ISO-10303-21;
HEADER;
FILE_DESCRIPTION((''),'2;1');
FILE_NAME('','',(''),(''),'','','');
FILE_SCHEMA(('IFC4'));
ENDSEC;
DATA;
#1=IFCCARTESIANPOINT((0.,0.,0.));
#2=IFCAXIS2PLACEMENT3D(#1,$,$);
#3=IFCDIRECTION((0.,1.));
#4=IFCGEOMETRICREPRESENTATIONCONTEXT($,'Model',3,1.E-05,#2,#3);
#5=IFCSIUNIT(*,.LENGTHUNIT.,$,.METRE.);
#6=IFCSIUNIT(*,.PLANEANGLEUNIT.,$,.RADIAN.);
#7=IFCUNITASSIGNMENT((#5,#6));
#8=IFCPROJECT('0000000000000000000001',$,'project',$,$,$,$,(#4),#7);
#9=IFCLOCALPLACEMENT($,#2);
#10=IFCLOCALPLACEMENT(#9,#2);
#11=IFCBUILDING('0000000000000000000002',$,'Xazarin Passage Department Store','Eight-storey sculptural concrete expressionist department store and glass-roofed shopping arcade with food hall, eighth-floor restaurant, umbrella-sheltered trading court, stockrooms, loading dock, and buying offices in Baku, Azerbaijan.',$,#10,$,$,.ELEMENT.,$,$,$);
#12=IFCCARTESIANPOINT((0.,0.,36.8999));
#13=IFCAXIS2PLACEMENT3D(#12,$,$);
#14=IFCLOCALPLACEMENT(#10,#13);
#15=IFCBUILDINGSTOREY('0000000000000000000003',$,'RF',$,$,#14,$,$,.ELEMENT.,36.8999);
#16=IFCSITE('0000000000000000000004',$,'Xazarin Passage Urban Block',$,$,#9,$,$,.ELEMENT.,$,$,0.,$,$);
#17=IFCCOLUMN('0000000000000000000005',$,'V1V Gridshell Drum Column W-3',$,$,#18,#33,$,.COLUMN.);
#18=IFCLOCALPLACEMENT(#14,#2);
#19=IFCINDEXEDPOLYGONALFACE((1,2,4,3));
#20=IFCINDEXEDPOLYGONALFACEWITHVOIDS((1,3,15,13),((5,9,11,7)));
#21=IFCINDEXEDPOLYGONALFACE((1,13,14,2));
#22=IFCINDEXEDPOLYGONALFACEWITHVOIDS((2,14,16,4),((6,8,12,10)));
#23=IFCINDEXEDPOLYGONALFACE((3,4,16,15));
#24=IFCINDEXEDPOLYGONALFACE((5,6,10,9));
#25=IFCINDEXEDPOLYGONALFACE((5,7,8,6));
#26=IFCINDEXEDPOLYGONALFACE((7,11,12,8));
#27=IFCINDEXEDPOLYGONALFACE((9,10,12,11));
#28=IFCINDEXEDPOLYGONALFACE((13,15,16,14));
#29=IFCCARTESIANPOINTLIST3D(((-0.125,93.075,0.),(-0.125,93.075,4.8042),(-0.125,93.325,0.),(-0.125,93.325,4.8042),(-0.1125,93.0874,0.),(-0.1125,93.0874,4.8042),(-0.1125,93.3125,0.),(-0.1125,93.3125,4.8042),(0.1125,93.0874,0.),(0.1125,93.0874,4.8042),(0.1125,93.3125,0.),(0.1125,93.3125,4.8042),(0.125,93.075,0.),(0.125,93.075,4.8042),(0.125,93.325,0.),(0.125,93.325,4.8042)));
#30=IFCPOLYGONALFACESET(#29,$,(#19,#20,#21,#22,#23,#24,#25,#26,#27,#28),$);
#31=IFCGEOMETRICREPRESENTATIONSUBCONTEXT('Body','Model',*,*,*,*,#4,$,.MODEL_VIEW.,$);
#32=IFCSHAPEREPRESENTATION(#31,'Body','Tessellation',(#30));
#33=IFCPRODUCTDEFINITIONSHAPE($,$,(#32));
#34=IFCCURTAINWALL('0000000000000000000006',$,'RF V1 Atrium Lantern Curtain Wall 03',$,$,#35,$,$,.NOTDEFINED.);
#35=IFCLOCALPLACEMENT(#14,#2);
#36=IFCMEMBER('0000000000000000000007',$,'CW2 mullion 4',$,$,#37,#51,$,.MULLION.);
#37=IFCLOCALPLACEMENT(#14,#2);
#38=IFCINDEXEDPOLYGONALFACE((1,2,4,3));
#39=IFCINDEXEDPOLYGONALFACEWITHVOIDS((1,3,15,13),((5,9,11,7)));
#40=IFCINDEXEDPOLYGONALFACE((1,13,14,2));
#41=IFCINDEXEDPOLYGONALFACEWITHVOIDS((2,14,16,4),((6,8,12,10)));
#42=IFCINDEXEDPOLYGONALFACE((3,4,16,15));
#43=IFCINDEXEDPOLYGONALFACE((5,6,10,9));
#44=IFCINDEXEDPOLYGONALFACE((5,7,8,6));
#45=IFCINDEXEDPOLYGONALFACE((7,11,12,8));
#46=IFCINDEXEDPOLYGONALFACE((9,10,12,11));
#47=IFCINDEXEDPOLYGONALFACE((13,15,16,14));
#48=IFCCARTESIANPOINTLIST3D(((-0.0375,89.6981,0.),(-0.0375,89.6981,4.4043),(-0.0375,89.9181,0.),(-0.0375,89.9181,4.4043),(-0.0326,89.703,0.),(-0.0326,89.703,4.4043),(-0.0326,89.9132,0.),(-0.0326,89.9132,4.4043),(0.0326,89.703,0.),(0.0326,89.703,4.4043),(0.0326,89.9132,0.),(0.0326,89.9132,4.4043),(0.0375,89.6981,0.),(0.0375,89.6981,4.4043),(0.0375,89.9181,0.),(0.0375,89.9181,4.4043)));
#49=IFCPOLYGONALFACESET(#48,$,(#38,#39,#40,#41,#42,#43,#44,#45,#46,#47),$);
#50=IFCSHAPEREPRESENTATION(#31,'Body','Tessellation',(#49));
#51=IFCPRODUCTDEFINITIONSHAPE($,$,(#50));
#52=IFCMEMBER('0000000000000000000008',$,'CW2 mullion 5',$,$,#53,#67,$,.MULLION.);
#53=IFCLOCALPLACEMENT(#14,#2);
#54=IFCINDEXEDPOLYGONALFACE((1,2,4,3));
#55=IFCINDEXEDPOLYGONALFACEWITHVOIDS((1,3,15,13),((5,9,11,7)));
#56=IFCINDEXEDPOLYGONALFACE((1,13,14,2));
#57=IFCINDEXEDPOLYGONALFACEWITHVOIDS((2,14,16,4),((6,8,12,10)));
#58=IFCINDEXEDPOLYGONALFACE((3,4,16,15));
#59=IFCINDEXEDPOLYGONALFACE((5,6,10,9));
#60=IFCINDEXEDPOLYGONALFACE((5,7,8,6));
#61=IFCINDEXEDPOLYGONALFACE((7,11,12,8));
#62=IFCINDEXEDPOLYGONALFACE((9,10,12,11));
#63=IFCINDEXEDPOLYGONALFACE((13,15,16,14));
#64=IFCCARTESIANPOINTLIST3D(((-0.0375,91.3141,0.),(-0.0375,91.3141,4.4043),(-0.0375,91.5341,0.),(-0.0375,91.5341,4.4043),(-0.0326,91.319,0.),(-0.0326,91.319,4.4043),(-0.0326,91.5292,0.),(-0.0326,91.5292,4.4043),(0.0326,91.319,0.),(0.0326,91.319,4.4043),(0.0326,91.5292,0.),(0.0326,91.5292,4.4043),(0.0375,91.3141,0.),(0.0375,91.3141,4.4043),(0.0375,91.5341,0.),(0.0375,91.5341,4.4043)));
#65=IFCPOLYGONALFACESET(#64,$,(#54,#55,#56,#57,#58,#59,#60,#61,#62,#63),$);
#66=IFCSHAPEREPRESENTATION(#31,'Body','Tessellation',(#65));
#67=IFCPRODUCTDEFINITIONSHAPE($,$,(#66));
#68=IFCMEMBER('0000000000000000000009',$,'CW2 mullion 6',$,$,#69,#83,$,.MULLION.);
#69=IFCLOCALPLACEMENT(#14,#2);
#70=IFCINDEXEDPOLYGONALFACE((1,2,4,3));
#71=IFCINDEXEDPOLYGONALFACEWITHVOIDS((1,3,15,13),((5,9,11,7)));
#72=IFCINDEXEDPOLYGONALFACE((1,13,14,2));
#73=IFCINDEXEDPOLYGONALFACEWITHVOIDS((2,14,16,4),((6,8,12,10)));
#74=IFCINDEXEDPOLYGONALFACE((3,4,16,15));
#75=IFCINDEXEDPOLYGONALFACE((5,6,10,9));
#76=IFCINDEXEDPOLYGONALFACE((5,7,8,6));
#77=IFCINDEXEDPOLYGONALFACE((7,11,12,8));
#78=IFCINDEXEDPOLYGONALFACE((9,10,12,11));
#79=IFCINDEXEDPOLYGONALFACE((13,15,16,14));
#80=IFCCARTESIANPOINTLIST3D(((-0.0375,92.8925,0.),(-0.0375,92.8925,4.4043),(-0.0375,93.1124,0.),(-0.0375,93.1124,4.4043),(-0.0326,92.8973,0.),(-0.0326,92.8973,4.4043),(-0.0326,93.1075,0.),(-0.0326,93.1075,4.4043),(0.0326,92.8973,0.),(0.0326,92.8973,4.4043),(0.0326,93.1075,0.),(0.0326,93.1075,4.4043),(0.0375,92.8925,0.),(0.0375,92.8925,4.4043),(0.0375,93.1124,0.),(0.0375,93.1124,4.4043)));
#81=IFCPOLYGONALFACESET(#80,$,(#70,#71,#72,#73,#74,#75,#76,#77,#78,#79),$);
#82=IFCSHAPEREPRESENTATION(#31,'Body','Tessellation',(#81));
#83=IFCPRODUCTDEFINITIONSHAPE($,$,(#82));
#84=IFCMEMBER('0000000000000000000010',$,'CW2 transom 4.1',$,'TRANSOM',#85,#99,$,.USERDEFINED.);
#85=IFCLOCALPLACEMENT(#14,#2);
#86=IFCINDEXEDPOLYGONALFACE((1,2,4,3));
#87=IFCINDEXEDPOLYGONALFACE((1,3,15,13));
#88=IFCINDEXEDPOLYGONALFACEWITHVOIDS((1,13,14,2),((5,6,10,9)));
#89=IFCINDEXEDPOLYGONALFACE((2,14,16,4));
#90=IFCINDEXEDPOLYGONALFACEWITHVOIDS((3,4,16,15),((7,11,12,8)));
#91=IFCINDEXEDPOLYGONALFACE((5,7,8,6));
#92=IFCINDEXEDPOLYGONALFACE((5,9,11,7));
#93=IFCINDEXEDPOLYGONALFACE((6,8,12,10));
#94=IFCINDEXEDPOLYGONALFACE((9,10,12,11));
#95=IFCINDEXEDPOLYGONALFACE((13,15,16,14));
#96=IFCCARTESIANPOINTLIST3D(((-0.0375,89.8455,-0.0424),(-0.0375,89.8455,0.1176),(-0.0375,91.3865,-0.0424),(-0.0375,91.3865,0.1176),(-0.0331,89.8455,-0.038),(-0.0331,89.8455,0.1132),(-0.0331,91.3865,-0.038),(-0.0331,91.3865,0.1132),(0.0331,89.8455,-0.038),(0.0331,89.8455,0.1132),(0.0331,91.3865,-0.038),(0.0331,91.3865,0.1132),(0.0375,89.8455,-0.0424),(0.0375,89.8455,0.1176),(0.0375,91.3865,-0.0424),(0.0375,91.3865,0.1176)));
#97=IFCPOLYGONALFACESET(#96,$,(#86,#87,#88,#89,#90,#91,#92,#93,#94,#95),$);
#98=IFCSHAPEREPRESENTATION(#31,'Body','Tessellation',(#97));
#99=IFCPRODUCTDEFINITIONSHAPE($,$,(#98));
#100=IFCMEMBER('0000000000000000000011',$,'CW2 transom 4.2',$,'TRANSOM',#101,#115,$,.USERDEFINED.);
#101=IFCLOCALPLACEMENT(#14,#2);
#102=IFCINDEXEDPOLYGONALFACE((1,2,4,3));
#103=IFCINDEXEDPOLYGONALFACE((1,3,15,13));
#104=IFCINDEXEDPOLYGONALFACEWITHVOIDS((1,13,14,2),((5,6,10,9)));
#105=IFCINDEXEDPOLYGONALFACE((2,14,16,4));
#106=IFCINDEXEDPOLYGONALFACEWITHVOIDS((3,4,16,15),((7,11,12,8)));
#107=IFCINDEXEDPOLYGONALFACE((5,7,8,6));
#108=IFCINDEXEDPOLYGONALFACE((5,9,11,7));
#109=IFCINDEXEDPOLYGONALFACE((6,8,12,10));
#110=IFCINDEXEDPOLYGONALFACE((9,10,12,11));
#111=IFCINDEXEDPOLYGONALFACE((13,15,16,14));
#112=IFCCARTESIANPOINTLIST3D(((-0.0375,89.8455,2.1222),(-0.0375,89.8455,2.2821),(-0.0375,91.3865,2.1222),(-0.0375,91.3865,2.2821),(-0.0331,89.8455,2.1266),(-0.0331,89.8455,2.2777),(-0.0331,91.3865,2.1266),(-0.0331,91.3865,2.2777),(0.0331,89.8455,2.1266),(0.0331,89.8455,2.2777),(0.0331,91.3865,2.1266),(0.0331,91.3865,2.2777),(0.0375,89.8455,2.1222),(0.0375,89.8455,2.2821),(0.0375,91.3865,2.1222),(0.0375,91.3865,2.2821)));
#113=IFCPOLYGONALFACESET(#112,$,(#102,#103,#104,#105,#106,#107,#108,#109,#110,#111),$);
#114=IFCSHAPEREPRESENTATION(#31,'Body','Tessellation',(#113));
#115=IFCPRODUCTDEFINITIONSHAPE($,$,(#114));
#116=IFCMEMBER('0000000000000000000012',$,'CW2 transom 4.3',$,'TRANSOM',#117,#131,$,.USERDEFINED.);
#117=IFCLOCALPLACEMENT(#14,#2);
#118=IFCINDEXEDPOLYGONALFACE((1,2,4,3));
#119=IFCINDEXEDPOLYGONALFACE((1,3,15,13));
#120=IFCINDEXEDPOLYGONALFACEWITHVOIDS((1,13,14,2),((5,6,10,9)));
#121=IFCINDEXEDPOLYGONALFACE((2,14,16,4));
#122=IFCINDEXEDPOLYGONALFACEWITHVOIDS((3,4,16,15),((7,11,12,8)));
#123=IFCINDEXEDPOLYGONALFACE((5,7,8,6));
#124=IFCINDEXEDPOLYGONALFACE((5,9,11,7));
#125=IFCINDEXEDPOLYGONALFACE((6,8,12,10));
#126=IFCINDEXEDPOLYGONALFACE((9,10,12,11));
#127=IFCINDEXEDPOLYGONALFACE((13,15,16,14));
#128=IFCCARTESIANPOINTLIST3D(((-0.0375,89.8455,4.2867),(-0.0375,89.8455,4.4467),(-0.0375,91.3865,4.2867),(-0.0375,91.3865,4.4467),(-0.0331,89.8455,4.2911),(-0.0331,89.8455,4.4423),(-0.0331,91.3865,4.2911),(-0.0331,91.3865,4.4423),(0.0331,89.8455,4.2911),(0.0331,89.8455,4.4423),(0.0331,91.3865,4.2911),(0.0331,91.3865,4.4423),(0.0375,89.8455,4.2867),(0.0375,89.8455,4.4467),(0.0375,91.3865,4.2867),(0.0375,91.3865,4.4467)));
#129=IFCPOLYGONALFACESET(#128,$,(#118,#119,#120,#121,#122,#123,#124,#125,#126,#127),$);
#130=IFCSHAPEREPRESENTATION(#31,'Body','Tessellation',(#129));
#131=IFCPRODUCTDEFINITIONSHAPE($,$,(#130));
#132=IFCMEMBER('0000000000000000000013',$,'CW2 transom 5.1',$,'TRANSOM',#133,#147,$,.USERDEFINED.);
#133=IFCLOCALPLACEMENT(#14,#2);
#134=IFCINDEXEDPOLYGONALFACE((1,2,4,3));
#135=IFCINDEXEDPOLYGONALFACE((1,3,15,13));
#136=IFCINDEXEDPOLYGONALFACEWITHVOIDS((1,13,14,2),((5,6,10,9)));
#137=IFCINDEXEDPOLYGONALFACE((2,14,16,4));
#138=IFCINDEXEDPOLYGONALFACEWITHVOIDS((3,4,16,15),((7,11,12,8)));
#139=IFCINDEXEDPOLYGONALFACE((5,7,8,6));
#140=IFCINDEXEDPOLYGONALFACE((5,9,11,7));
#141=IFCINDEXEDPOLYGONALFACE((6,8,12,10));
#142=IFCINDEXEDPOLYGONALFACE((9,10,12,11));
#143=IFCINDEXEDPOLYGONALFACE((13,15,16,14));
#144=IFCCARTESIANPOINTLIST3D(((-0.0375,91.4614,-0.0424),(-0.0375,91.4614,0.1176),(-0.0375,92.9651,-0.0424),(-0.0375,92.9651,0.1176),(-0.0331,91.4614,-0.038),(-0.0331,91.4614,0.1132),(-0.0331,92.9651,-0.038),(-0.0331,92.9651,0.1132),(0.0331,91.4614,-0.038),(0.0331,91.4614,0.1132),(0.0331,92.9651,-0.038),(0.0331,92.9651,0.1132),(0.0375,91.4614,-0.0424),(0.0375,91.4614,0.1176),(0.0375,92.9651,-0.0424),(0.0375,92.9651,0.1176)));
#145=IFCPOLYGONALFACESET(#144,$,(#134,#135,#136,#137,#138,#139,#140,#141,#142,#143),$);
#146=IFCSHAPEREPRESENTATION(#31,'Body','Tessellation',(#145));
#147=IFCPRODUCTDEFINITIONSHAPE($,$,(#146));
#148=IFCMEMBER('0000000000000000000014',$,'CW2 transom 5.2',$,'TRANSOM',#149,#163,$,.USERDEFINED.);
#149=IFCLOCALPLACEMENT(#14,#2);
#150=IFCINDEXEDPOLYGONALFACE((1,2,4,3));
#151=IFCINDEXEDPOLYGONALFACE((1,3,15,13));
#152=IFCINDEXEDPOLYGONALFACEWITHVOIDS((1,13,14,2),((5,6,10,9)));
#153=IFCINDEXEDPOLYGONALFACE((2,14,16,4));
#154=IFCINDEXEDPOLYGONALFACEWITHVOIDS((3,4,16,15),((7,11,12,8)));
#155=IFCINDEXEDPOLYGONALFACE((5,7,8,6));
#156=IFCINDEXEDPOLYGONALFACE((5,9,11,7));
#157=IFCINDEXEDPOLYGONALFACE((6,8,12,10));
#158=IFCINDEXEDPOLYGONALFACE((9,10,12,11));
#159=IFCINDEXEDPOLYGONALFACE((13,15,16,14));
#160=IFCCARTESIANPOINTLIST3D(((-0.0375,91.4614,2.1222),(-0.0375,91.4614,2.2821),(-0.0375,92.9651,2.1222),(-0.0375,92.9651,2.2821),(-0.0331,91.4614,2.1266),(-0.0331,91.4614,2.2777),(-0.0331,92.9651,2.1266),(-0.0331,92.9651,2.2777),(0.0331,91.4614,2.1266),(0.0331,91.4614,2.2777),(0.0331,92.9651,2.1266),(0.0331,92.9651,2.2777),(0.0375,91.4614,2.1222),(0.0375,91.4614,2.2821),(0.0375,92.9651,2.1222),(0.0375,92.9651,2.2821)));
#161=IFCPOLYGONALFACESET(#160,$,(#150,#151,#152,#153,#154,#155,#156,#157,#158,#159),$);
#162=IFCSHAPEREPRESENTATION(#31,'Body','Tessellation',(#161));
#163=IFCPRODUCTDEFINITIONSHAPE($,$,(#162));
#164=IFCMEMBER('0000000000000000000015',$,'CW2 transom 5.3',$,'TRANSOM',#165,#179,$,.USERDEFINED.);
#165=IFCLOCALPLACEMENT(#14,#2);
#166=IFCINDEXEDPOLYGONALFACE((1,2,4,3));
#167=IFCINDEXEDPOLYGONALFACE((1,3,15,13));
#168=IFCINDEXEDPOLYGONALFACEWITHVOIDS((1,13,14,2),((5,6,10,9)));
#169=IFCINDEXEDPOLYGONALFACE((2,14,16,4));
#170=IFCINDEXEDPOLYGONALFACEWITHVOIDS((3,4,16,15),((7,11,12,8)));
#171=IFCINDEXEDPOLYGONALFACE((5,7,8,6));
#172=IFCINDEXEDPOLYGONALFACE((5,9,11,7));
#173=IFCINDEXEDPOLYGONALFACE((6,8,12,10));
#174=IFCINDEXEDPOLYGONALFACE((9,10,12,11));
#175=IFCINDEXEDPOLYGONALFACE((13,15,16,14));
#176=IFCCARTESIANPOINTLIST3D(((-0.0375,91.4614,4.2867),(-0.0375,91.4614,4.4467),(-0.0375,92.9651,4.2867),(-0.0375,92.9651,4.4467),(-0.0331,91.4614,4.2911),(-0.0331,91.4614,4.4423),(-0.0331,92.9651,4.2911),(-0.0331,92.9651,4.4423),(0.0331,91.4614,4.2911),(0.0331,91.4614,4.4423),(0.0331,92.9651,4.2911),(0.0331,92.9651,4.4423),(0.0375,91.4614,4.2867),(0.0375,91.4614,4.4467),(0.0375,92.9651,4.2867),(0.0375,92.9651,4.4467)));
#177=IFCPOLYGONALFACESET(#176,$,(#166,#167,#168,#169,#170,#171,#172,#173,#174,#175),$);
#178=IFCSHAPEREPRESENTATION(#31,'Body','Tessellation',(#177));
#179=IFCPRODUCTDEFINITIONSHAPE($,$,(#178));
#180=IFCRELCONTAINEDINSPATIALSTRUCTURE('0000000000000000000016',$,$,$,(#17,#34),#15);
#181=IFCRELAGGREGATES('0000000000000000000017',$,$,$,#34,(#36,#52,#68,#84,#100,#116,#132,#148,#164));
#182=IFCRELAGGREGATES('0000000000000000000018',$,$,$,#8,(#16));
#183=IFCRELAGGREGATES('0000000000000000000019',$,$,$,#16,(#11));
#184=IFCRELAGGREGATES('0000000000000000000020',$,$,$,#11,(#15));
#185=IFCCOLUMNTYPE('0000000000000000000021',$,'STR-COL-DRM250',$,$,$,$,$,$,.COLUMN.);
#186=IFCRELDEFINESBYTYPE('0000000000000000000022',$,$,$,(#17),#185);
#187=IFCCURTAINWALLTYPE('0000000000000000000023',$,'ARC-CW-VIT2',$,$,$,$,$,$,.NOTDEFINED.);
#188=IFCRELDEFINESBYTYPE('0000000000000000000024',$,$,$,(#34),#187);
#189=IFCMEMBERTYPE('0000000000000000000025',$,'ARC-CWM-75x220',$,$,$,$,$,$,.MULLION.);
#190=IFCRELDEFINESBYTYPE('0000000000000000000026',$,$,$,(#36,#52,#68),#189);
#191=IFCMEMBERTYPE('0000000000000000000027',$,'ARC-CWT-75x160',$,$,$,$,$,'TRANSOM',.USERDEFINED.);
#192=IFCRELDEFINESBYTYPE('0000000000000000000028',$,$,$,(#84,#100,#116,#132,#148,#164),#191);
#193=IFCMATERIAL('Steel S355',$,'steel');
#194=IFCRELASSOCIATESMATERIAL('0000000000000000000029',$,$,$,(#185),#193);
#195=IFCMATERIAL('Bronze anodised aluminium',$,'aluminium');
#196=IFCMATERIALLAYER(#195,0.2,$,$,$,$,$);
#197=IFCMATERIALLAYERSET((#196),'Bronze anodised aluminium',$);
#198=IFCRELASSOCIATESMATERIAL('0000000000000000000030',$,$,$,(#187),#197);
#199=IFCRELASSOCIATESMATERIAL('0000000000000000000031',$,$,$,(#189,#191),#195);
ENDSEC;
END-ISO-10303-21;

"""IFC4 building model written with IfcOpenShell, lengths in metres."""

from ifc_helpers import new_model, si_unit, direction, frame, origin, origin_2d, place, context, subcontext, project, spatial, hollow_rectangle, extrude, material, layer, layer_set, material_profile, profile_set, type_object, element, aggregate, save


model = new_model("IFC4")

# Units and contexts
model_context = context("Model", 3, precision=1e-05, world=origin(), true_north=direction((0.0, 1.0)))
body_context = subcontext(model_context, "Body", "Model", "MODEL_VIEW")
ifc_project = project(units=[si_unit("LENGTHUNIT", "METRE"), si_unit("PLANEANGLEUNIT", "RADIAN")], contexts=[model_context])

# Site, building, storey
site_placement = place(None, origin())
site = spatial("IfcSite", under=ifc_project, at=site_placement, Name="Xazarin Passage Urban Block", CompositionType="ELEMENT", RefElevation=0.0)
building_placement = place(site_placement, origin())
building = spatial("IfcBuilding", under=site, at=building_placement, Name="Xazarin Passage Department Store", Description="Eight-storey sculptural concrete expressionist department store and glass-roofed shopping arcade with food hall, eighth-floor restaurant, umbrella-sheltered trading court, stockrooms, loading dock, and buying offices in Baku, Azerbaijan.", CompositionType="ELEMENT")
storey_placement = place(building_placement, frame((0.0, 0.0, 36.8999)))
storey = spatial("IfcBuildingStorey", under=building, at=storey_placement, Name="RF", CompositionType="ELEMENT", Elevation=36.8999)

# Column
ifc_material_1 = material(Name="Steel S355", Category="steel")
ifc_material_profile_1 = material_profile(ifc_material_1, hollow_rectangle(XDim=0.25, YDim=0.25, WallThickness=0.0125, at=origin_2d()), Name="SHS 250x250x12.5")
ifc_profile_set_1 = profile_set([ifc_material_profile_1], Name="Steel S355")
column_type = type_object("IfcColumnType", Name="STR-COL-DRM250", PredefinedType="COLUMN", material=ifc_profile_set_1)
column_placement = place(storey_placement, frame((0.0, 93.2, 0.0), z_axis=(0.0, 0.0, 1.0), x_axis=(1.0, 0.0, 0.0)))
element("IfcColumn", 1, at=column_placement, inside=storey, type_object=column_type, Name="V1V Gridshell Drum Column W-3", PredefinedType="COLUMN", context=body_context, shape_type="SweptSolid", body=[
    extrude(hollow_rectangle(XDim=0.25, YDim=0.25, WallThickness=0.0125, at=origin_2d()), origin(), (0.0, 0.0, 1.0), 4.8042),
])

# Curtain wall, members
ifc_material_2 = material(Name="Bronze anodised aluminium", Category="aluminium")
ifc_layer_1 = layer(ifc_material_2, 0.2)
ifc_layer_set_1 = layer_set([ifc_layer_1], Name="Bronze anodised aluminium")
curtain_wall_type = type_object("IfcCurtainWallType", Name="ARC-CW-VIT2", PredefinedType="NOTDEFINED", material=ifc_layer_set_1)
curtain_wall_placement = place(storey_placement, origin())
curtain_wall = element("IfcCurtainWall", 2, at=curtain_wall_placement, inside=storey, type_object=curtain_wall_type, Name="RF V1 Atrium Lantern Curtain Wall 03", PredefinedType="NOTDEFINED")
ifc_material_profile_2 = material_profile(ifc_material_2, hollow_rectangle(XDim=0.075, YDim=0.22, WallThickness=0.0049, at=origin_2d()), Name="ALU 75x220")
ifc_profile_set_2 = profile_set([ifc_material_profile_2], Name="Bronze anodised aluminium")
member_type_1 = type_object("IfcMemberType", Name="ARC-CWM-75x220", PredefinedType="MULLION", material=ifc_profile_set_2)
member_1_placement = place(storey_placement, frame((0.0, 89.8081, 0.0), z_axis=(0.0, 0.0, 1.0), x_axis=(-1.0, 0.0, 0.0)))
member_1 = element("IfcMember", 3, at=member_1_placement, type_object=member_type_1, Name="CW2 mullion 4", PredefinedType="MULLION", context=body_context, shape_type="SweptSolid", body=[
    extrude(hollow_rectangle(XDim=0.075, YDim=0.22, WallThickness=0.0049, at=origin_2d()), origin(), (0.0, 0.0, 1.0), 4.4043),
])
member_2_placement = place(storey_placement, frame((0.0, 91.4241, 0.0), z_axis=(0.0, 0.0, 1.0), x_axis=(-1.0, 0.0, 0.0)))
member_2 = element("IfcMember", 4, at=member_2_placement, type_object=member_type_1, Name="CW2 mullion 5", PredefinedType="MULLION", context=body_context, shape_type="SweptSolid", body=[
    extrude(hollow_rectangle(XDim=0.075, YDim=0.22, WallThickness=0.0049, at=origin_2d()), origin(), (0.0, 0.0, 1.0), 4.4043),
])
member_3_placement = place(storey_placement, frame((0.0, 93.0024, 0.0), z_axis=(0.0, 0.0, 1.0), x_axis=(-1.0, 0.0, 0.0)))
member_3 = element("IfcMember", 5, at=member_3_placement, type_object=member_type_1, Name="CW2 mullion 6", PredefinedType="MULLION", context=body_context, shape_type="SweptSolid", body=[
    extrude(hollow_rectangle(XDim=0.075, YDim=0.22, WallThickness=0.0049, at=origin_2d()), origin(), (0.0, 0.0, 1.0), 4.4043),
])
ifc_material_profile_3 = material_profile(ifc_material_2, hollow_rectangle(XDim=0.075, YDim=0.1599, WallThickness=0.0044, at=origin_2d()), Name="ALU 75x160")
ifc_profile_set_3 = profile_set([ifc_material_profile_3], Name="Bronze anodised aluminium")
member_type_2 = type_object("IfcMemberType", Name="ARC-CWT-75x160", ElementType="TRANSOM", PredefinedType="USERDEFINED", material=ifc_profile_set_3)
member_4_placement = place(storey_placement, frame((0.0, 89.8455, 0.0376), z_axis=(0.0, 1.0, 0.0), x_axis=(-1.0, 0.0, 0.0)))
member_4 = element("IfcMember", 6, at=member_4_placement, type_object=member_type_2, Name="CW2 transom 4.1", ObjectType="TRANSOM", PredefinedType="USERDEFINED", context=body_context, shape_type="SweptSolid", body=[
    extrude(hollow_rectangle(XDim=0.075, YDim=0.1599, WallThickness=0.0044, at=origin_2d()), origin(), (0.0, 0.0, 1.0), 1.541),
])
member_5_placement = place(storey_placement, frame((0.0, 89.8455, 2.2021), z_axis=(0.0, 1.0, 0.0), x_axis=(-1.0, 0.0, 0.0)))
member_5 = element("IfcMember", 7, at=member_5_placement, type_object=member_type_2, Name="CW2 transom 4.2", ObjectType="TRANSOM", PredefinedType="USERDEFINED", context=body_context, shape_type="SweptSolid", body=[
    extrude(hollow_rectangle(XDim=0.075, YDim=0.1599, WallThickness=0.0044, at=origin_2d()), origin(), (0.0, 0.0, 1.0), 1.541),
])
member_6_placement = place(storey_placement, frame((0.0, 89.8455, 4.3667), z_axis=(0.0, 1.0, 0.0), x_axis=(-1.0, 0.0, 0.0)))
member_6 = element("IfcMember", 8, at=member_6_placement, type_object=member_type_2, Name="CW2 transom 4.3", ObjectType="TRANSOM", PredefinedType="USERDEFINED", context=body_context, shape_type="SweptSolid", body=[
    extrude(hollow_rectangle(XDim=0.075, YDim=0.1599, WallThickness=0.0044, at=origin_2d()), origin(), (0.0, 0.0, 1.0), 1.541),
])
member_7_placement = place(storey_placement, frame((0.0, 91.4614, 0.0376), z_axis=(0.0, 1.0, 0.0), x_axis=(-1.0, 0.0, 0.0)))
member_7 = element("IfcMember", 9, at=member_7_placement, type_object=member_type_2, Name="CW2 transom 5.1", ObjectType="TRANSOM", PredefinedType="USERDEFINED", context=body_context, shape_type="SweptSolid", body=[
    extrude(hollow_rectangle(XDim=0.075, YDim=0.1599, WallThickness=0.0044, at=origin_2d()), origin(), (0.0, 0.0, 1.0), 1.5037),
])
member_8_placement = place(storey_placement, frame((0.0, 91.4614, 2.2021), z_axis=(0.0, 1.0, 0.0), x_axis=(-1.0, 0.0, 0.0)))
member_8 = element("IfcMember", 10, at=member_8_placement, type_object=member_type_2, Name="CW2 transom 5.2", ObjectType="TRANSOM", PredefinedType="USERDEFINED", context=body_context, shape_type="SweptSolid", body=[
    extrude(hollow_rectangle(XDim=0.075, YDim=0.1599, WallThickness=0.0044, at=origin_2d()), origin(), (0.0, 0.0, 1.0), 1.5037),
])
member_9_placement = place(storey_placement, frame((0.0, 91.4614, 4.3667), z_axis=(0.0, 1.0, 0.0), x_axis=(-1.0, 0.0, 0.0)))
member_9 = element("IfcMember", 11, at=member_9_placement, type_object=member_type_2, Name="CW2 transom 5.3", ObjectType="TRANSOM", PredefinedType="USERDEFINED", context=body_context, shape_type="SweptSolid", body=[
    extrude(hollow_rectangle(XDim=0.075, YDim=0.1599, WallThickness=0.0044, at=origin_2d()), origin(), (0.0, 0.0, 1.0), 1.5037),
])

aggregate(curtain_wall, [member_1, member_2, member_3, member_4, member_5, member_6, member_7, member_8, member_9])

save(model, "model.ifc")
